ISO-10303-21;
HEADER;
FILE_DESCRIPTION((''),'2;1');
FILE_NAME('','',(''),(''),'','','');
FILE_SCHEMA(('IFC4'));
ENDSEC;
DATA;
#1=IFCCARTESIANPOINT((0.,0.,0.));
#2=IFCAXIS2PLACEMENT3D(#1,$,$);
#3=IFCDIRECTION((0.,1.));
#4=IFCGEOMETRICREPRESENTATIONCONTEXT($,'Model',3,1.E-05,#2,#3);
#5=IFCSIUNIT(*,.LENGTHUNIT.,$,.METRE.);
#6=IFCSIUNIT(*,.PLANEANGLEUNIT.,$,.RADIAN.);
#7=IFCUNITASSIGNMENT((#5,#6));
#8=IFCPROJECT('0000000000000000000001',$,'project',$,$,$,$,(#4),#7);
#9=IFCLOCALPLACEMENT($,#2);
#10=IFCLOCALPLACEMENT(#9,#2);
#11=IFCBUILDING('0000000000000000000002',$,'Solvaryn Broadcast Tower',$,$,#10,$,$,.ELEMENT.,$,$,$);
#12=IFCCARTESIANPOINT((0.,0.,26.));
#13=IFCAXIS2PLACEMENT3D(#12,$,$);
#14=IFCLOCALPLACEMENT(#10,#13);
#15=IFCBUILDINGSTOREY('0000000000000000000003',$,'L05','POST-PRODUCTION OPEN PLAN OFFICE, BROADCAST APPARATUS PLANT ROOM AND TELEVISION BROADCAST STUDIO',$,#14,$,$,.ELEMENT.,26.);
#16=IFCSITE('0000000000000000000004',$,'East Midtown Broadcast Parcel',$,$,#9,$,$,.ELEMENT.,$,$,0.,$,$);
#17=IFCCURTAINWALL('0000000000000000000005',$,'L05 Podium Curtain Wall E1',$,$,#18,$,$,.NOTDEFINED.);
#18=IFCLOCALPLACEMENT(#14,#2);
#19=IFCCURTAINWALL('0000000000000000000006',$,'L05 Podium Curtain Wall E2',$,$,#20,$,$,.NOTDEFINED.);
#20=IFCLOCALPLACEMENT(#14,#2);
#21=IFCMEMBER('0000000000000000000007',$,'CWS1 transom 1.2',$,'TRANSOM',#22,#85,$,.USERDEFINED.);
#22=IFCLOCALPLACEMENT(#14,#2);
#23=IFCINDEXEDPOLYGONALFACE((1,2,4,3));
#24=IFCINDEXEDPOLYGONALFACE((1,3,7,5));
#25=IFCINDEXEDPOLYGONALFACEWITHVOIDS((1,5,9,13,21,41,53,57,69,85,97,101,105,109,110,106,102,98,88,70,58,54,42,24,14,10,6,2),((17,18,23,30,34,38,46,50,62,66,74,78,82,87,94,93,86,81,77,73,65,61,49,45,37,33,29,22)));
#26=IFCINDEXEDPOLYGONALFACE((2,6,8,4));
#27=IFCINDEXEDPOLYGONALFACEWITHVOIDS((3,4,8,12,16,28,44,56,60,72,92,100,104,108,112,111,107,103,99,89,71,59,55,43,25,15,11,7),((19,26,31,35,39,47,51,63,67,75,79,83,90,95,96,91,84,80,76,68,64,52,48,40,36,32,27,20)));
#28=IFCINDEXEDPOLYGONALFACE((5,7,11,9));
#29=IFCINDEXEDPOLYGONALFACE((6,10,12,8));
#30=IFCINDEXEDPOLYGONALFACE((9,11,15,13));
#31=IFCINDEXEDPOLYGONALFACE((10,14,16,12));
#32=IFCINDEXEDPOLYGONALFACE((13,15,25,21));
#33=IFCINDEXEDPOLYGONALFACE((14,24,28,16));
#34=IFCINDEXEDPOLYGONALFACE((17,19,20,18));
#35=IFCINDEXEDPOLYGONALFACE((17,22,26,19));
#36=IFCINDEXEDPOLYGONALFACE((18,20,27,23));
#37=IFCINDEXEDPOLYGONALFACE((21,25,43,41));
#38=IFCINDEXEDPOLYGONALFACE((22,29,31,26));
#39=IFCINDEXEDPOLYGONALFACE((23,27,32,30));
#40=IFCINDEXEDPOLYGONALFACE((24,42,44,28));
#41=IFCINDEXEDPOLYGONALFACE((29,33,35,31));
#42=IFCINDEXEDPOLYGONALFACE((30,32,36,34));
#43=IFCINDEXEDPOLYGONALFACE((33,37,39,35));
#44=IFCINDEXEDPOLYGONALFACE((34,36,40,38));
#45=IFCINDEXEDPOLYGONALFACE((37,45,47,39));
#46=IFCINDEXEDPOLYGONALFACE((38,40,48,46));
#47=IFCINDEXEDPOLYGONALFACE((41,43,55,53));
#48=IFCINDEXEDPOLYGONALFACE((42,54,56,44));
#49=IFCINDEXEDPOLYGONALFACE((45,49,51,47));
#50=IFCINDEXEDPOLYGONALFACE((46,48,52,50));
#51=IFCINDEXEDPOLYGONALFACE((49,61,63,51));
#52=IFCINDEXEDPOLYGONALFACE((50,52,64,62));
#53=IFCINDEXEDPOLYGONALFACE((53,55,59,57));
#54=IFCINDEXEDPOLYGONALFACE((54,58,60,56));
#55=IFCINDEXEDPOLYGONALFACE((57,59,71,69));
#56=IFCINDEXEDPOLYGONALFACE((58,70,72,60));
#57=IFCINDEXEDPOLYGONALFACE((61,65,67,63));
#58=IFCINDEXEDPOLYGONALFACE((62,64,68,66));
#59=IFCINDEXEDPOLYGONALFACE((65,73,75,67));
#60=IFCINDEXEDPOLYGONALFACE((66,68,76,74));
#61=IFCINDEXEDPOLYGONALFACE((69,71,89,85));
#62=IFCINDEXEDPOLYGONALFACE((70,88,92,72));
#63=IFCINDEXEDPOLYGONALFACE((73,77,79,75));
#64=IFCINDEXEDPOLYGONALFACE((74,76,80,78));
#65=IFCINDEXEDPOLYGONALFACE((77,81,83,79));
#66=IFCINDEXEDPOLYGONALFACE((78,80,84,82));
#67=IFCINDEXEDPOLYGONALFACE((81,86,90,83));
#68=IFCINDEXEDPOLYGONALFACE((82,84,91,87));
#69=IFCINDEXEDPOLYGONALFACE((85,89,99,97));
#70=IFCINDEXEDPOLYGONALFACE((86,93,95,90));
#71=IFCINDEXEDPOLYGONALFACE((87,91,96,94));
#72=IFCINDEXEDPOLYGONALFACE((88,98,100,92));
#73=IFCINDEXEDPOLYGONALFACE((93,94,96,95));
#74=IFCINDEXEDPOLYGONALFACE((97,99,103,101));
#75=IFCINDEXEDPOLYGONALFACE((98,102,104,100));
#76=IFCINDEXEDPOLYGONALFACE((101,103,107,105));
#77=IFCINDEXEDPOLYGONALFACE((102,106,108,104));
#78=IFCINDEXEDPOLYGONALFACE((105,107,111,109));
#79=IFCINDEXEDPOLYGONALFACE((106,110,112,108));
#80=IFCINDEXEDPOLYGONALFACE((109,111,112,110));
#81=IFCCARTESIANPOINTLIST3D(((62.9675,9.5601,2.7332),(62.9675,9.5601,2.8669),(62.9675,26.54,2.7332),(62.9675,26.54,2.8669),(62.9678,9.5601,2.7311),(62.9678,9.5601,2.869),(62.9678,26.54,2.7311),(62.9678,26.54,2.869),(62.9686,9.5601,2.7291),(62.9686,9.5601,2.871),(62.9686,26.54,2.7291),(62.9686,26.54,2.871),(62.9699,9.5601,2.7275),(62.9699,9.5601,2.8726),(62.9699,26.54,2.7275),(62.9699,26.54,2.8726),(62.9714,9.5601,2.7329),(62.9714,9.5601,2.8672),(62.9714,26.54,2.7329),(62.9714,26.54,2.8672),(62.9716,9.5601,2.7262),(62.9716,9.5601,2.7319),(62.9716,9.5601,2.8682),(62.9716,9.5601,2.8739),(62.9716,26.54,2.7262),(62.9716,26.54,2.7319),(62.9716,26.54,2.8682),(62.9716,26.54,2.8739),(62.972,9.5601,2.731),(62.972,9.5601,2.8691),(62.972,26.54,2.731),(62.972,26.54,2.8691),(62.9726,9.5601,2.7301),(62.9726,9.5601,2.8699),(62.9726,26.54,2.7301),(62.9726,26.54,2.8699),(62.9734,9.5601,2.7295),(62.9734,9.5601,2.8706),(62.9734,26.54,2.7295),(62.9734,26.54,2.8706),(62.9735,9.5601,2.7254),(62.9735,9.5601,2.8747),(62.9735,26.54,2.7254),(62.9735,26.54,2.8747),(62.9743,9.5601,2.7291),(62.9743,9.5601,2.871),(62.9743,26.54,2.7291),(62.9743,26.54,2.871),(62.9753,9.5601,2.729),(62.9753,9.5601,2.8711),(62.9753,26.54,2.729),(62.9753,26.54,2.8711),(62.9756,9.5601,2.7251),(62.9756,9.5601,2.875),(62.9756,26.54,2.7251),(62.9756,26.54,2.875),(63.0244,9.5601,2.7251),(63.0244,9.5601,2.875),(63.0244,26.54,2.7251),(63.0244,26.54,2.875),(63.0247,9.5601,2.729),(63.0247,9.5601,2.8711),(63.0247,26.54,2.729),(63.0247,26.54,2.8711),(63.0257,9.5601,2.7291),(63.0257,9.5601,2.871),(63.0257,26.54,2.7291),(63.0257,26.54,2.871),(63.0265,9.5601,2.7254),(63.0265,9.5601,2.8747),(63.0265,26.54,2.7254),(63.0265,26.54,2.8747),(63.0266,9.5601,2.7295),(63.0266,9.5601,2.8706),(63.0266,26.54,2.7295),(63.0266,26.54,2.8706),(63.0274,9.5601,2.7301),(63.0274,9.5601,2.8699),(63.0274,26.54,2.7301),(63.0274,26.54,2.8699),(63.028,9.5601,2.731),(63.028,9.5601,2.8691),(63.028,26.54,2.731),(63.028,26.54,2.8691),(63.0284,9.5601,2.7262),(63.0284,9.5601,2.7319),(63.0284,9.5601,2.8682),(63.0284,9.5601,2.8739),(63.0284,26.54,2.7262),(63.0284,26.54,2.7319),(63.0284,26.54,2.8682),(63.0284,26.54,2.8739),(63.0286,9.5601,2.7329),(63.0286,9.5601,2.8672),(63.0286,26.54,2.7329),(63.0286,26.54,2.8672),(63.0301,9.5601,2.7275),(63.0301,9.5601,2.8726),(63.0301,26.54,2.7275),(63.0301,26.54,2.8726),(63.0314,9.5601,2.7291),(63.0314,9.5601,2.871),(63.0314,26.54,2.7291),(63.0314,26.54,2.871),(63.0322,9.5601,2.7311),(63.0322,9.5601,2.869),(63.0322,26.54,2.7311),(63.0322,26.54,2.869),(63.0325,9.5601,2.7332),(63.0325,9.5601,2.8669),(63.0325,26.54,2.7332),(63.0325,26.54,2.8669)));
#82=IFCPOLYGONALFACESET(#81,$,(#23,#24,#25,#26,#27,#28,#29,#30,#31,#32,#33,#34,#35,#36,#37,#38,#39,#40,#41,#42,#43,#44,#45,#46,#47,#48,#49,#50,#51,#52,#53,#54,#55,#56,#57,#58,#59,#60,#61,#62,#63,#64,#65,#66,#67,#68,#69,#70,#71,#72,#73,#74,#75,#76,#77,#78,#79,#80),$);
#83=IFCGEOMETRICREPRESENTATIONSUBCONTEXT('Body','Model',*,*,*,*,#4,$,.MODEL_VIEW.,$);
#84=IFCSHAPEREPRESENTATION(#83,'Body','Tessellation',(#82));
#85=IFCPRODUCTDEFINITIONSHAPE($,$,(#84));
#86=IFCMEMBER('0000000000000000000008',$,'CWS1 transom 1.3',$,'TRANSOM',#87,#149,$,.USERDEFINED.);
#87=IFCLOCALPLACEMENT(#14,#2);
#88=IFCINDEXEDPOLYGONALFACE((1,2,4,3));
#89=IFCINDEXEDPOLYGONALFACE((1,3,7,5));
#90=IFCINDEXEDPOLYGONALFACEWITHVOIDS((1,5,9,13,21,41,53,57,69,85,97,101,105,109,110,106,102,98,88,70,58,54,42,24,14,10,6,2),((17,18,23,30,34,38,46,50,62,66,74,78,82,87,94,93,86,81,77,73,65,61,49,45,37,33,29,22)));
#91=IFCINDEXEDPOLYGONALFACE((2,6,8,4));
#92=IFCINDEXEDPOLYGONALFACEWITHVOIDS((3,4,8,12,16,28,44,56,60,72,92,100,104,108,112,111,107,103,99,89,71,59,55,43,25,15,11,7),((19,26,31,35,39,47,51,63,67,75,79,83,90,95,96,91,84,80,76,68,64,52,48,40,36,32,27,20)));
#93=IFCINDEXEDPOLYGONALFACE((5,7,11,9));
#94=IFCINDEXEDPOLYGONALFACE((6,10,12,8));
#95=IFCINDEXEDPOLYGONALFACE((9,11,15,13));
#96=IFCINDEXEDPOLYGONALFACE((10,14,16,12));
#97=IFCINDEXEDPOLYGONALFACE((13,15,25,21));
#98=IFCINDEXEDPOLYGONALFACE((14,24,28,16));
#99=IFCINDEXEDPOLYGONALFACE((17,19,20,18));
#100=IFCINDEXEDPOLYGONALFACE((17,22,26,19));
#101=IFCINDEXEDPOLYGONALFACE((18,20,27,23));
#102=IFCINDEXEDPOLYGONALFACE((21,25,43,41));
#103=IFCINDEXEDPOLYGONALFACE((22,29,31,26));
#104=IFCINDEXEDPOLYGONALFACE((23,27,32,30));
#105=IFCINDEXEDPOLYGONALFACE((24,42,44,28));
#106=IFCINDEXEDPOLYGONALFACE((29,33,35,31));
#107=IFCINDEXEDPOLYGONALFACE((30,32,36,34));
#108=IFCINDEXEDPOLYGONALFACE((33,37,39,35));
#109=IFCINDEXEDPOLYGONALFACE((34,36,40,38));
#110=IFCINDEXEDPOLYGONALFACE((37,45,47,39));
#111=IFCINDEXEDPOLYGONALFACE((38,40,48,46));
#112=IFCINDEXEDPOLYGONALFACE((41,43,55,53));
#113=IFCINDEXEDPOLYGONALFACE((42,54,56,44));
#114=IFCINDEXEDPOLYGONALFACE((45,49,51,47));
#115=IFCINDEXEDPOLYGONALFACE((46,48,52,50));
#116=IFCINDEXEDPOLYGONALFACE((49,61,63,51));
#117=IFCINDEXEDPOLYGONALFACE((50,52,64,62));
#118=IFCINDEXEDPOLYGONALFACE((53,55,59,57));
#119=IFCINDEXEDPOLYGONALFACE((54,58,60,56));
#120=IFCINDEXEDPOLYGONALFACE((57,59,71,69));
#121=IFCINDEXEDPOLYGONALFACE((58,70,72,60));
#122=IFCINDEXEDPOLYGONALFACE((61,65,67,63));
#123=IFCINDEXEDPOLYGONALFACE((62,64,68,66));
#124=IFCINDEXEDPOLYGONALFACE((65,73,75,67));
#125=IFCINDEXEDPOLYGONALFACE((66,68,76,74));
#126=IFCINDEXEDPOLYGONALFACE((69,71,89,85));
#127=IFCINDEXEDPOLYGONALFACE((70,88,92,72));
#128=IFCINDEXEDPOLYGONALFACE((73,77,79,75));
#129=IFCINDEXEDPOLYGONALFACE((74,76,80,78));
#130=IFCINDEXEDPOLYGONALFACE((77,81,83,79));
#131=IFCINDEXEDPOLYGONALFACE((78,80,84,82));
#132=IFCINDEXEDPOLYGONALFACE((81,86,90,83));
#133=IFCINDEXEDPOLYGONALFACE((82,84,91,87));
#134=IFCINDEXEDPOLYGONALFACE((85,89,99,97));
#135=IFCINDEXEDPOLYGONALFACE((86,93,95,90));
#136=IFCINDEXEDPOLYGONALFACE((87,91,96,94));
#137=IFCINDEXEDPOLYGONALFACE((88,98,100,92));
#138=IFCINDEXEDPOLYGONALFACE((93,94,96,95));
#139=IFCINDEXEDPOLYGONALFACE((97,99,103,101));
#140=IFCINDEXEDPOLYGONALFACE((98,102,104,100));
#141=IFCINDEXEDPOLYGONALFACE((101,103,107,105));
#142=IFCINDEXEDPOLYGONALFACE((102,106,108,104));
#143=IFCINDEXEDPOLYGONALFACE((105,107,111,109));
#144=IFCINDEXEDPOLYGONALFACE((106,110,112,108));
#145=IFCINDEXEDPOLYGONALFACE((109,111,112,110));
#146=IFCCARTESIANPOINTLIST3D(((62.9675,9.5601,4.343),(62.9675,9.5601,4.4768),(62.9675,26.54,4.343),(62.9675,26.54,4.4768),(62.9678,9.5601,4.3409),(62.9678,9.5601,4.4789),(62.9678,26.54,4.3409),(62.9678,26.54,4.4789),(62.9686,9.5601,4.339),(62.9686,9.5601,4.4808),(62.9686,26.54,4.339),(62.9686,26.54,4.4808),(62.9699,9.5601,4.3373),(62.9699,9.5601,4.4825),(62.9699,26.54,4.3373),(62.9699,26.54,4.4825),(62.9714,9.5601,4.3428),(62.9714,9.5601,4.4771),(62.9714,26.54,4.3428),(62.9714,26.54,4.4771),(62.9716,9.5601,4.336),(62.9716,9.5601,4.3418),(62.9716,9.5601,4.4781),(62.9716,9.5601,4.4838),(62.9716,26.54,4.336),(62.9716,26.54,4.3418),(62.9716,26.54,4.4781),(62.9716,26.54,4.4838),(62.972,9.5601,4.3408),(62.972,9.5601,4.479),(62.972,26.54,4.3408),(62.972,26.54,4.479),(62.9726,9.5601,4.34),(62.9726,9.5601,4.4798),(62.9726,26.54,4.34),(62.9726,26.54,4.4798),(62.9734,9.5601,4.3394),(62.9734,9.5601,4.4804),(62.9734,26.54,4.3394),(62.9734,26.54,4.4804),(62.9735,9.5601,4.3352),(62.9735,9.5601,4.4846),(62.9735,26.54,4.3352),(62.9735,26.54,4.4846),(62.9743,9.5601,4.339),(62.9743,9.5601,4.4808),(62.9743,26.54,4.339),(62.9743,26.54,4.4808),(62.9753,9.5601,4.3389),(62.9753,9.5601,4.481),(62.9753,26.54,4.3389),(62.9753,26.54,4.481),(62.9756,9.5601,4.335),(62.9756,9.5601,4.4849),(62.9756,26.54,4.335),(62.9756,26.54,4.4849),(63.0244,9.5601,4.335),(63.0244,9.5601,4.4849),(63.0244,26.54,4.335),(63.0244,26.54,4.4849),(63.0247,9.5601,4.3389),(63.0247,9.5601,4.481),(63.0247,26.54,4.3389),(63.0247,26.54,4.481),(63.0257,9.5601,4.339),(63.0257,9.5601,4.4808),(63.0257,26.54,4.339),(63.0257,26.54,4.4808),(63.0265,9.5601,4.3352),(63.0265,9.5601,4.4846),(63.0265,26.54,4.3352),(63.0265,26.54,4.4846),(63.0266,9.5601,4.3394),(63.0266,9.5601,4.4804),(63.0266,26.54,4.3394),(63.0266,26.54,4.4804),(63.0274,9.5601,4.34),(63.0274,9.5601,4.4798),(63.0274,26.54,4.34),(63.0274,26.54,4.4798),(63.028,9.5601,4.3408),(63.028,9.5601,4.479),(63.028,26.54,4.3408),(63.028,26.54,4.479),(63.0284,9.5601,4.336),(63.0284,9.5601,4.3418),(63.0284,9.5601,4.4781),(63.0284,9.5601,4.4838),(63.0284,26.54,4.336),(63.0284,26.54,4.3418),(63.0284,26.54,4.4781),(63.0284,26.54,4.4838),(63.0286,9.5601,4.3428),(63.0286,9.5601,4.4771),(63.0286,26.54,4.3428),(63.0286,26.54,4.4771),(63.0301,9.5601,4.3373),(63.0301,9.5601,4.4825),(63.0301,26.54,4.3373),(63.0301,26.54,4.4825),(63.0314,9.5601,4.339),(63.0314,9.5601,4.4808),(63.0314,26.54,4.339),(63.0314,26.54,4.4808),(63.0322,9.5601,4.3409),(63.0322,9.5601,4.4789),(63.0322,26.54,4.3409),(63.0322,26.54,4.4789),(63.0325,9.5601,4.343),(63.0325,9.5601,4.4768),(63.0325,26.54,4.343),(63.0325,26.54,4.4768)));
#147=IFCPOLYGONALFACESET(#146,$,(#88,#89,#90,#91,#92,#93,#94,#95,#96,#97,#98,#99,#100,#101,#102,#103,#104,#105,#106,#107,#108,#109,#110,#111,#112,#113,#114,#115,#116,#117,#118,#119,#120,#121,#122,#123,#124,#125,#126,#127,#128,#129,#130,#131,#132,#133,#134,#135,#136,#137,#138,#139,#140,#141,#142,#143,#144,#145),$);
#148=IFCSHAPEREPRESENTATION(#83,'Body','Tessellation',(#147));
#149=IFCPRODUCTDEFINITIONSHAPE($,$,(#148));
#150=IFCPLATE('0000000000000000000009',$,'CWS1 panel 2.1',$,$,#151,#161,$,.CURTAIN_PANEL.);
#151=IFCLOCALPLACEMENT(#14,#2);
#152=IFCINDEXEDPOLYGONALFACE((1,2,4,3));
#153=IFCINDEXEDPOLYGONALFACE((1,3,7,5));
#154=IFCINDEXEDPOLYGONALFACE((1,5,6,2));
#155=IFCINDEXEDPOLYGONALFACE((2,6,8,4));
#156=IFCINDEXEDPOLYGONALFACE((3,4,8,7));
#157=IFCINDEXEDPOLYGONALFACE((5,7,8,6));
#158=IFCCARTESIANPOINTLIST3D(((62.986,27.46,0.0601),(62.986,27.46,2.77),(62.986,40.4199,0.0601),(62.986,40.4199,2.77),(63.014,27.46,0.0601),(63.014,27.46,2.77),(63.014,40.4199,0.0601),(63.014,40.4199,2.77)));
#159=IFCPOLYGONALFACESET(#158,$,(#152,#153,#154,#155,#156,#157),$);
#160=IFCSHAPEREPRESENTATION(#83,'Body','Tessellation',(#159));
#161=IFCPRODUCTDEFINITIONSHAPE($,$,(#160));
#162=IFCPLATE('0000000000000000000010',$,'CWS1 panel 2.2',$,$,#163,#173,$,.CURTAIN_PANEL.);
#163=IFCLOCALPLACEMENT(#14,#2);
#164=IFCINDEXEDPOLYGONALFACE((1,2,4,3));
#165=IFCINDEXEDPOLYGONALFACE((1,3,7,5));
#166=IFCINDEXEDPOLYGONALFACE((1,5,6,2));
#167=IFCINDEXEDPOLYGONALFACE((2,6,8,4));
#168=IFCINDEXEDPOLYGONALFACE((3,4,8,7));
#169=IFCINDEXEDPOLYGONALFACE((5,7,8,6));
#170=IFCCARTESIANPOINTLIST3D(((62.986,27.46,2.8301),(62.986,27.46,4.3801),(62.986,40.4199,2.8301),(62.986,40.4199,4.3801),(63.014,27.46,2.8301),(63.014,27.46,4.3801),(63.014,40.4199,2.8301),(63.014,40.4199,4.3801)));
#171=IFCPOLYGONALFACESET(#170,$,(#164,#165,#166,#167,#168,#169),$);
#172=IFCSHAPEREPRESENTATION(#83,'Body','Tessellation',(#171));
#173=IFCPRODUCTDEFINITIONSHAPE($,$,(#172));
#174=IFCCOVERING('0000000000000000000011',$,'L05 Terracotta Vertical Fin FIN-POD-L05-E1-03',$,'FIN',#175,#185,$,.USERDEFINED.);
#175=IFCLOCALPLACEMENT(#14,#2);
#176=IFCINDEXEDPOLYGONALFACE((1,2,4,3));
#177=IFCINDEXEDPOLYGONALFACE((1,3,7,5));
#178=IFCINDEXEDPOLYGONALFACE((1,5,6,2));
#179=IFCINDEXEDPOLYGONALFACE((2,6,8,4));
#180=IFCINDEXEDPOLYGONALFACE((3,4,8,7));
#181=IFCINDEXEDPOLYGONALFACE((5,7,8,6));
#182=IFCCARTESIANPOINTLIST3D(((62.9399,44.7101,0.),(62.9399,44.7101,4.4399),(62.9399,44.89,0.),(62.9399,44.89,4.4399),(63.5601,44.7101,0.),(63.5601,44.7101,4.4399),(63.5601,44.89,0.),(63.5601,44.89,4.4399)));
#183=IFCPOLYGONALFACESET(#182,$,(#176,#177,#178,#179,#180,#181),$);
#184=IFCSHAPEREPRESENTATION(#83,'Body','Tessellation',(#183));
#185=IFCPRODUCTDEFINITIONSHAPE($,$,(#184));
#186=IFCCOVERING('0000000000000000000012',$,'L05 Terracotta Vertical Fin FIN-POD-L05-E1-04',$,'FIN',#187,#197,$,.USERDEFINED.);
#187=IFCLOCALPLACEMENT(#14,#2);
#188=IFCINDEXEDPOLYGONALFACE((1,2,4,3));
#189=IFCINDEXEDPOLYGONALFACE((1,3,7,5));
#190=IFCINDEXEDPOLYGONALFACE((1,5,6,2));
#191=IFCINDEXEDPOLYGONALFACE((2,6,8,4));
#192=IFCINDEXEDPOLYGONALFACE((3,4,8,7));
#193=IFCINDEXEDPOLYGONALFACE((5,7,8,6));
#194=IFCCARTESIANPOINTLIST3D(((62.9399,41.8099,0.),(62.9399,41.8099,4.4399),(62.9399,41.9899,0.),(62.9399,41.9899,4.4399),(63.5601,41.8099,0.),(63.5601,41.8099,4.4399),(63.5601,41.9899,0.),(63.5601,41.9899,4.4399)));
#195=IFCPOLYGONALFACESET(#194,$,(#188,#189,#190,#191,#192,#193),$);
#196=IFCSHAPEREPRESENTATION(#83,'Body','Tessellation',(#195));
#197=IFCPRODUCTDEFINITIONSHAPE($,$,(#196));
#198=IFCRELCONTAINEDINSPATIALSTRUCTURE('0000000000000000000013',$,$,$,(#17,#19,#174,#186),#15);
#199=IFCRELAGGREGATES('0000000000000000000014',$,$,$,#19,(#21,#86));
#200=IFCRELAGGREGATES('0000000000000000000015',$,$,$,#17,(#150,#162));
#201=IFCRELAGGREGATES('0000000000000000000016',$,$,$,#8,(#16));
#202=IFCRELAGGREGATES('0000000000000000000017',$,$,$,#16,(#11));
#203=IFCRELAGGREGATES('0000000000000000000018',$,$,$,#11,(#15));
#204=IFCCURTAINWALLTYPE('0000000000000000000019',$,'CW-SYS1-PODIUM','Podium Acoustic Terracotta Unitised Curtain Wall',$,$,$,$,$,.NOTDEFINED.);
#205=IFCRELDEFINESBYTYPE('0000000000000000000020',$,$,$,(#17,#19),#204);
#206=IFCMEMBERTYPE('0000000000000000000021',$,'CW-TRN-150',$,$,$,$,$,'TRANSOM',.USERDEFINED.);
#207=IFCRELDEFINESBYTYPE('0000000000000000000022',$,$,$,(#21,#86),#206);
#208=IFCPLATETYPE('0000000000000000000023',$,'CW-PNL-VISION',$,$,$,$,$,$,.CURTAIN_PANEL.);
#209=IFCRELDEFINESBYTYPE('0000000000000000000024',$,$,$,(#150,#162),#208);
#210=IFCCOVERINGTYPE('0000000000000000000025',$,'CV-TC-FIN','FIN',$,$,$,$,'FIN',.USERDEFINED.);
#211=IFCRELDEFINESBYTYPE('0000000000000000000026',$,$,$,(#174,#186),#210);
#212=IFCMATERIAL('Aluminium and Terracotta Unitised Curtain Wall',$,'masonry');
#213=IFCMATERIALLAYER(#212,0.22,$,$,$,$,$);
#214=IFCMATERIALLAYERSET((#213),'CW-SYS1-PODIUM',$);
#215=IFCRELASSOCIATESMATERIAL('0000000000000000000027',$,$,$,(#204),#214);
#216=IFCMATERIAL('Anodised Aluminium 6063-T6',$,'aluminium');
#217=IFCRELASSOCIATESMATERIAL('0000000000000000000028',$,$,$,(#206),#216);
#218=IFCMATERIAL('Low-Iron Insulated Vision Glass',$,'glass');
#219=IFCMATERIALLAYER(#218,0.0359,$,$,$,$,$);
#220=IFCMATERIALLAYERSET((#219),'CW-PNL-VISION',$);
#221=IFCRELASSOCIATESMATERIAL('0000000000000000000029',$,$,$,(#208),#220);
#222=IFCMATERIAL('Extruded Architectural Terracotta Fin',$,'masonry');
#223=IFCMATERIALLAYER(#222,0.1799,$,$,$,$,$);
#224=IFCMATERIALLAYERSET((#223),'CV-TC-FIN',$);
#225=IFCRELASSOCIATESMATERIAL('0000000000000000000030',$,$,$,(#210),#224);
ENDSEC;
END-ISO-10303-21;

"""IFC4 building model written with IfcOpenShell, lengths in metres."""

from ifc_helpers import new_model, si_unit, direction, frame, origin, origin_2d, place, context, subcontext, project, spatial, rectangle, hollow_rectangle, extrude, material, layer, layer_set, material_profile, profile_set, type_object, element, aggregate, save


model = new_model("IFC4")

# Units and contexts
model_context = context("Model", 3, precision=1e-05, world=origin(), true_north=direction((0.0, 1.0)))
body_context = subcontext(model_context, "Body", "Model", "MODEL_VIEW")
ifc_project = project(units=[si_unit("LENGTHUNIT", "METRE"), si_unit("PLANEANGLEUNIT", "RADIAN")], contexts=[model_context])

# Site, building, storey
site_placement = place(None, origin())
site = spatial("IfcSite", under=ifc_project, at=site_placement, Name="East Midtown Broadcast Parcel", CompositionType="ELEMENT", RefElevation=0.0)
building_placement = place(site_placement, origin())
building = spatial("IfcBuilding", under=site, at=building_placement, Name="Solvaryn Broadcast Tower", CompositionType="ELEMENT")
storey_placement = place(building_placement, frame((0.0, 0.0, 26.0)))
storey = spatial("IfcBuildingStorey", under=building, at=storey_placement, Name="L05", Description="POST-PRODUCTION OPEN PLAN OFFICE, BROADCAST APPARATUS PLANT ROOM AND TELEVISION BROADCAST STUDIO", CompositionType="ELEMENT", Elevation=26.0)

# Curtain wall
ifc_material_1 = material(Name="Aluminium and Terracotta Unitised Curtain Wall", Category="masonry")
ifc_layer_1 = layer(ifc_material_1, 0.22)
ifc_layer_set_1 = layer_set([ifc_layer_1], Name="CW-SYS1-PODIUM")
curtain_wall_type = type_object("IfcCurtainWallType", Name="CW-SYS1-PODIUM", Description="Podium Acoustic Terracotta Unitised Curtain Wall", PredefinedType="NOTDEFINED", material=ifc_layer_set_1)
curtain_wall_1_placement = place(storey_placement, origin())
curtain_wall_1 = element("IfcCurtainWall", 1, at=curtain_wall_1_placement, inside=storey, type_object=curtain_wall_type, Name="L05 Podium Curtain Wall E1", PredefinedType="NOTDEFINED")

# Curtain wall
curtain_wall_2_placement = place(storey_placement, origin())
curtain_wall_2 = element("IfcCurtainWall", 2, at=curtain_wall_2_placement, inside=storey, type_object=curtain_wall_type, Name="L05 Podium Curtain Wall E2", PredefinedType="NOTDEFINED")

# Members
ifc_material_2 = material(Name="Anodised Aluminium 6063-T6", Category="aluminium")
ifc_material_profile_1 = material_profile(ifc_material_2, hollow_rectangle(XDim=0.0649, YDim=0.1499, WallThickness=0.0039, InnerFilletRadius=0.0039, OuterFilletRadius=0.0081, at=origin_2d()))
ifc_profile_set_1 = profile_set([ifc_material_profile_1], Name="Anodised Aluminium 6063-T6")
member_type_1 = type_object("IfcMemberType", Name="CW-TRN-150", ElementType="TRANSOM", PredefinedType="USERDEFINED", material=ifc_profile_set_1)
member_1_placement = place(storey_placement, frame((63.0, 26.54, 2.8), z_axis=(0.0, -1.0, 0.0), x_axis=(1.0, 0.0, 0.0)))
member_1 = element("IfcMember", 3, at=member_1_placement, type_object=member_type_1, Name="CWS1 transom 1.2", ObjectType="TRANSOM", PredefinedType="USERDEFINED", context=body_context, shape_type="SweptSolid", body=[
    extrude(hollow_rectangle(XDim=0.0649, YDim=0.1499, WallThickness=0.0039, InnerFilletRadius=0.0039, OuterFilletRadius=0.0081, at=origin_2d()), origin(), (0.0, 0.0, 1.0), 16.98),
])
member_2_placement = place(storey_placement, frame((63.0, 26.54, 4.4099), z_axis=(0.0, -1.0, 0.0), x_axis=(1.0, 0.0, 0.0)))
member_2 = element("IfcMember", 4, at=member_2_placement, type_object=member_type_1, Name="CWS1 transom 1.3", ObjectType="TRANSOM", PredefinedType="USERDEFINED", context=body_context, shape_type="SweptSolid", body=[
    extrude(hollow_rectangle(XDim=0.0649, YDim=0.1499, WallThickness=0.0039, InnerFilletRadius=0.0039, OuterFilletRadius=0.0081, at=origin_2d()), origin(), (0.0, 0.0, 1.0), 16.98),
])
aggregate(curtain_wall_2, [member_1, member_2])

# Plates
ifc_material_3 = material(Name="Low-Iron Insulated Vision Glass", Category="glass")
ifc_layer_2 = layer(ifc_material_3, 0.0359)
ifc_layer_set_2 = layer_set([ifc_layer_2], Name="CW-PNL-VISION")
plate_type = type_object("IfcPlateType", Name="CW-PNL-VISION", PredefinedType="CURTAIN_PANEL", material=ifc_layer_set_2)
plate_1_placement = place(storey_placement, frame((63.0, 33.9399, 0.0601), z_axis=(0.0, 0.0, 1.0), x_axis=(0.0, -1.0, 0.0)))
plate_1 = element("IfcPlate", 5, at=plate_1_placement, type_object=plate_type, Name="CWS1 panel 2.1", PredefinedType="CURTAIN_PANEL", context=body_context, shape_type="SweptSolid", body=[
    extrude(rectangle(XDim=12.96, YDim=0.0281, at=origin_2d()), origin(), (0.0, 0.0, 1.0), 2.71),
])
plate_2_placement = place(storey_placement, frame((63.0, 33.9399, 2.8301), z_axis=(0.0, 0.0, 1.0), x_axis=(0.0, -1.0, 0.0)))
plate_2 = element("IfcPlate", 6, at=plate_2_placement, type_object=plate_type, Name="CWS1 panel 2.2", PredefinedType="CURTAIN_PANEL", context=body_context, shape_type="SweptSolid", body=[
    extrude(rectangle(XDim=12.96, YDim=0.0281, at=origin_2d()), origin(), (0.0, 0.0, 1.0), 1.55),
])
aggregate(curtain_wall_1, [plate_1, plate_2])

# Coverings
ifc_material_4 = material(Name="Extruded Architectural Terracotta Fin", Category="masonry")
ifc_layer_3 = layer(ifc_material_4, 0.1799)
ifc_layer_set_3 = layer_set([ifc_layer_3], Name="CV-TC-FIN")
covering_type = type_object("IfcCoveringType", Name="CV-TC-FIN", Description="FIN", ElementType="FIN", PredefinedType="USERDEFINED", material=ifc_layer_set_3)
for number, where, z_axis, x_axis, name in (
    (7, (63.25, 44.8, 0.0), (0.0, 0.0, 1.0), (1.0, 0.0, 0.0), "L05 Terracotta Vertical Fin FIN-POD-L05-E1-03"),
    (8, (63.25, 41.8999, 0.0), (0.0, 0.0, 1.0), (1.0, 0.0, 0.0), "L05 Terracotta Vertical Fin FIN-POD-L05-E1-04"),
):
    element("IfcCovering", number, at=place(storey_placement, frame(where, z_axis=z_axis, x_axis=x_axis)), inside=storey, type_object=covering_type, Name=name, ObjectType="FIN", PredefinedType="USERDEFINED", context=body_context, shape_type="SweptSolid", body=[
        extrude(rectangle(XDim=0.6201, YDim=0.1799, at=origin_2d()), origin(), (0.0, 0.0, 1.0), 4.4399),
    ])

save(model, "model.ifc")
